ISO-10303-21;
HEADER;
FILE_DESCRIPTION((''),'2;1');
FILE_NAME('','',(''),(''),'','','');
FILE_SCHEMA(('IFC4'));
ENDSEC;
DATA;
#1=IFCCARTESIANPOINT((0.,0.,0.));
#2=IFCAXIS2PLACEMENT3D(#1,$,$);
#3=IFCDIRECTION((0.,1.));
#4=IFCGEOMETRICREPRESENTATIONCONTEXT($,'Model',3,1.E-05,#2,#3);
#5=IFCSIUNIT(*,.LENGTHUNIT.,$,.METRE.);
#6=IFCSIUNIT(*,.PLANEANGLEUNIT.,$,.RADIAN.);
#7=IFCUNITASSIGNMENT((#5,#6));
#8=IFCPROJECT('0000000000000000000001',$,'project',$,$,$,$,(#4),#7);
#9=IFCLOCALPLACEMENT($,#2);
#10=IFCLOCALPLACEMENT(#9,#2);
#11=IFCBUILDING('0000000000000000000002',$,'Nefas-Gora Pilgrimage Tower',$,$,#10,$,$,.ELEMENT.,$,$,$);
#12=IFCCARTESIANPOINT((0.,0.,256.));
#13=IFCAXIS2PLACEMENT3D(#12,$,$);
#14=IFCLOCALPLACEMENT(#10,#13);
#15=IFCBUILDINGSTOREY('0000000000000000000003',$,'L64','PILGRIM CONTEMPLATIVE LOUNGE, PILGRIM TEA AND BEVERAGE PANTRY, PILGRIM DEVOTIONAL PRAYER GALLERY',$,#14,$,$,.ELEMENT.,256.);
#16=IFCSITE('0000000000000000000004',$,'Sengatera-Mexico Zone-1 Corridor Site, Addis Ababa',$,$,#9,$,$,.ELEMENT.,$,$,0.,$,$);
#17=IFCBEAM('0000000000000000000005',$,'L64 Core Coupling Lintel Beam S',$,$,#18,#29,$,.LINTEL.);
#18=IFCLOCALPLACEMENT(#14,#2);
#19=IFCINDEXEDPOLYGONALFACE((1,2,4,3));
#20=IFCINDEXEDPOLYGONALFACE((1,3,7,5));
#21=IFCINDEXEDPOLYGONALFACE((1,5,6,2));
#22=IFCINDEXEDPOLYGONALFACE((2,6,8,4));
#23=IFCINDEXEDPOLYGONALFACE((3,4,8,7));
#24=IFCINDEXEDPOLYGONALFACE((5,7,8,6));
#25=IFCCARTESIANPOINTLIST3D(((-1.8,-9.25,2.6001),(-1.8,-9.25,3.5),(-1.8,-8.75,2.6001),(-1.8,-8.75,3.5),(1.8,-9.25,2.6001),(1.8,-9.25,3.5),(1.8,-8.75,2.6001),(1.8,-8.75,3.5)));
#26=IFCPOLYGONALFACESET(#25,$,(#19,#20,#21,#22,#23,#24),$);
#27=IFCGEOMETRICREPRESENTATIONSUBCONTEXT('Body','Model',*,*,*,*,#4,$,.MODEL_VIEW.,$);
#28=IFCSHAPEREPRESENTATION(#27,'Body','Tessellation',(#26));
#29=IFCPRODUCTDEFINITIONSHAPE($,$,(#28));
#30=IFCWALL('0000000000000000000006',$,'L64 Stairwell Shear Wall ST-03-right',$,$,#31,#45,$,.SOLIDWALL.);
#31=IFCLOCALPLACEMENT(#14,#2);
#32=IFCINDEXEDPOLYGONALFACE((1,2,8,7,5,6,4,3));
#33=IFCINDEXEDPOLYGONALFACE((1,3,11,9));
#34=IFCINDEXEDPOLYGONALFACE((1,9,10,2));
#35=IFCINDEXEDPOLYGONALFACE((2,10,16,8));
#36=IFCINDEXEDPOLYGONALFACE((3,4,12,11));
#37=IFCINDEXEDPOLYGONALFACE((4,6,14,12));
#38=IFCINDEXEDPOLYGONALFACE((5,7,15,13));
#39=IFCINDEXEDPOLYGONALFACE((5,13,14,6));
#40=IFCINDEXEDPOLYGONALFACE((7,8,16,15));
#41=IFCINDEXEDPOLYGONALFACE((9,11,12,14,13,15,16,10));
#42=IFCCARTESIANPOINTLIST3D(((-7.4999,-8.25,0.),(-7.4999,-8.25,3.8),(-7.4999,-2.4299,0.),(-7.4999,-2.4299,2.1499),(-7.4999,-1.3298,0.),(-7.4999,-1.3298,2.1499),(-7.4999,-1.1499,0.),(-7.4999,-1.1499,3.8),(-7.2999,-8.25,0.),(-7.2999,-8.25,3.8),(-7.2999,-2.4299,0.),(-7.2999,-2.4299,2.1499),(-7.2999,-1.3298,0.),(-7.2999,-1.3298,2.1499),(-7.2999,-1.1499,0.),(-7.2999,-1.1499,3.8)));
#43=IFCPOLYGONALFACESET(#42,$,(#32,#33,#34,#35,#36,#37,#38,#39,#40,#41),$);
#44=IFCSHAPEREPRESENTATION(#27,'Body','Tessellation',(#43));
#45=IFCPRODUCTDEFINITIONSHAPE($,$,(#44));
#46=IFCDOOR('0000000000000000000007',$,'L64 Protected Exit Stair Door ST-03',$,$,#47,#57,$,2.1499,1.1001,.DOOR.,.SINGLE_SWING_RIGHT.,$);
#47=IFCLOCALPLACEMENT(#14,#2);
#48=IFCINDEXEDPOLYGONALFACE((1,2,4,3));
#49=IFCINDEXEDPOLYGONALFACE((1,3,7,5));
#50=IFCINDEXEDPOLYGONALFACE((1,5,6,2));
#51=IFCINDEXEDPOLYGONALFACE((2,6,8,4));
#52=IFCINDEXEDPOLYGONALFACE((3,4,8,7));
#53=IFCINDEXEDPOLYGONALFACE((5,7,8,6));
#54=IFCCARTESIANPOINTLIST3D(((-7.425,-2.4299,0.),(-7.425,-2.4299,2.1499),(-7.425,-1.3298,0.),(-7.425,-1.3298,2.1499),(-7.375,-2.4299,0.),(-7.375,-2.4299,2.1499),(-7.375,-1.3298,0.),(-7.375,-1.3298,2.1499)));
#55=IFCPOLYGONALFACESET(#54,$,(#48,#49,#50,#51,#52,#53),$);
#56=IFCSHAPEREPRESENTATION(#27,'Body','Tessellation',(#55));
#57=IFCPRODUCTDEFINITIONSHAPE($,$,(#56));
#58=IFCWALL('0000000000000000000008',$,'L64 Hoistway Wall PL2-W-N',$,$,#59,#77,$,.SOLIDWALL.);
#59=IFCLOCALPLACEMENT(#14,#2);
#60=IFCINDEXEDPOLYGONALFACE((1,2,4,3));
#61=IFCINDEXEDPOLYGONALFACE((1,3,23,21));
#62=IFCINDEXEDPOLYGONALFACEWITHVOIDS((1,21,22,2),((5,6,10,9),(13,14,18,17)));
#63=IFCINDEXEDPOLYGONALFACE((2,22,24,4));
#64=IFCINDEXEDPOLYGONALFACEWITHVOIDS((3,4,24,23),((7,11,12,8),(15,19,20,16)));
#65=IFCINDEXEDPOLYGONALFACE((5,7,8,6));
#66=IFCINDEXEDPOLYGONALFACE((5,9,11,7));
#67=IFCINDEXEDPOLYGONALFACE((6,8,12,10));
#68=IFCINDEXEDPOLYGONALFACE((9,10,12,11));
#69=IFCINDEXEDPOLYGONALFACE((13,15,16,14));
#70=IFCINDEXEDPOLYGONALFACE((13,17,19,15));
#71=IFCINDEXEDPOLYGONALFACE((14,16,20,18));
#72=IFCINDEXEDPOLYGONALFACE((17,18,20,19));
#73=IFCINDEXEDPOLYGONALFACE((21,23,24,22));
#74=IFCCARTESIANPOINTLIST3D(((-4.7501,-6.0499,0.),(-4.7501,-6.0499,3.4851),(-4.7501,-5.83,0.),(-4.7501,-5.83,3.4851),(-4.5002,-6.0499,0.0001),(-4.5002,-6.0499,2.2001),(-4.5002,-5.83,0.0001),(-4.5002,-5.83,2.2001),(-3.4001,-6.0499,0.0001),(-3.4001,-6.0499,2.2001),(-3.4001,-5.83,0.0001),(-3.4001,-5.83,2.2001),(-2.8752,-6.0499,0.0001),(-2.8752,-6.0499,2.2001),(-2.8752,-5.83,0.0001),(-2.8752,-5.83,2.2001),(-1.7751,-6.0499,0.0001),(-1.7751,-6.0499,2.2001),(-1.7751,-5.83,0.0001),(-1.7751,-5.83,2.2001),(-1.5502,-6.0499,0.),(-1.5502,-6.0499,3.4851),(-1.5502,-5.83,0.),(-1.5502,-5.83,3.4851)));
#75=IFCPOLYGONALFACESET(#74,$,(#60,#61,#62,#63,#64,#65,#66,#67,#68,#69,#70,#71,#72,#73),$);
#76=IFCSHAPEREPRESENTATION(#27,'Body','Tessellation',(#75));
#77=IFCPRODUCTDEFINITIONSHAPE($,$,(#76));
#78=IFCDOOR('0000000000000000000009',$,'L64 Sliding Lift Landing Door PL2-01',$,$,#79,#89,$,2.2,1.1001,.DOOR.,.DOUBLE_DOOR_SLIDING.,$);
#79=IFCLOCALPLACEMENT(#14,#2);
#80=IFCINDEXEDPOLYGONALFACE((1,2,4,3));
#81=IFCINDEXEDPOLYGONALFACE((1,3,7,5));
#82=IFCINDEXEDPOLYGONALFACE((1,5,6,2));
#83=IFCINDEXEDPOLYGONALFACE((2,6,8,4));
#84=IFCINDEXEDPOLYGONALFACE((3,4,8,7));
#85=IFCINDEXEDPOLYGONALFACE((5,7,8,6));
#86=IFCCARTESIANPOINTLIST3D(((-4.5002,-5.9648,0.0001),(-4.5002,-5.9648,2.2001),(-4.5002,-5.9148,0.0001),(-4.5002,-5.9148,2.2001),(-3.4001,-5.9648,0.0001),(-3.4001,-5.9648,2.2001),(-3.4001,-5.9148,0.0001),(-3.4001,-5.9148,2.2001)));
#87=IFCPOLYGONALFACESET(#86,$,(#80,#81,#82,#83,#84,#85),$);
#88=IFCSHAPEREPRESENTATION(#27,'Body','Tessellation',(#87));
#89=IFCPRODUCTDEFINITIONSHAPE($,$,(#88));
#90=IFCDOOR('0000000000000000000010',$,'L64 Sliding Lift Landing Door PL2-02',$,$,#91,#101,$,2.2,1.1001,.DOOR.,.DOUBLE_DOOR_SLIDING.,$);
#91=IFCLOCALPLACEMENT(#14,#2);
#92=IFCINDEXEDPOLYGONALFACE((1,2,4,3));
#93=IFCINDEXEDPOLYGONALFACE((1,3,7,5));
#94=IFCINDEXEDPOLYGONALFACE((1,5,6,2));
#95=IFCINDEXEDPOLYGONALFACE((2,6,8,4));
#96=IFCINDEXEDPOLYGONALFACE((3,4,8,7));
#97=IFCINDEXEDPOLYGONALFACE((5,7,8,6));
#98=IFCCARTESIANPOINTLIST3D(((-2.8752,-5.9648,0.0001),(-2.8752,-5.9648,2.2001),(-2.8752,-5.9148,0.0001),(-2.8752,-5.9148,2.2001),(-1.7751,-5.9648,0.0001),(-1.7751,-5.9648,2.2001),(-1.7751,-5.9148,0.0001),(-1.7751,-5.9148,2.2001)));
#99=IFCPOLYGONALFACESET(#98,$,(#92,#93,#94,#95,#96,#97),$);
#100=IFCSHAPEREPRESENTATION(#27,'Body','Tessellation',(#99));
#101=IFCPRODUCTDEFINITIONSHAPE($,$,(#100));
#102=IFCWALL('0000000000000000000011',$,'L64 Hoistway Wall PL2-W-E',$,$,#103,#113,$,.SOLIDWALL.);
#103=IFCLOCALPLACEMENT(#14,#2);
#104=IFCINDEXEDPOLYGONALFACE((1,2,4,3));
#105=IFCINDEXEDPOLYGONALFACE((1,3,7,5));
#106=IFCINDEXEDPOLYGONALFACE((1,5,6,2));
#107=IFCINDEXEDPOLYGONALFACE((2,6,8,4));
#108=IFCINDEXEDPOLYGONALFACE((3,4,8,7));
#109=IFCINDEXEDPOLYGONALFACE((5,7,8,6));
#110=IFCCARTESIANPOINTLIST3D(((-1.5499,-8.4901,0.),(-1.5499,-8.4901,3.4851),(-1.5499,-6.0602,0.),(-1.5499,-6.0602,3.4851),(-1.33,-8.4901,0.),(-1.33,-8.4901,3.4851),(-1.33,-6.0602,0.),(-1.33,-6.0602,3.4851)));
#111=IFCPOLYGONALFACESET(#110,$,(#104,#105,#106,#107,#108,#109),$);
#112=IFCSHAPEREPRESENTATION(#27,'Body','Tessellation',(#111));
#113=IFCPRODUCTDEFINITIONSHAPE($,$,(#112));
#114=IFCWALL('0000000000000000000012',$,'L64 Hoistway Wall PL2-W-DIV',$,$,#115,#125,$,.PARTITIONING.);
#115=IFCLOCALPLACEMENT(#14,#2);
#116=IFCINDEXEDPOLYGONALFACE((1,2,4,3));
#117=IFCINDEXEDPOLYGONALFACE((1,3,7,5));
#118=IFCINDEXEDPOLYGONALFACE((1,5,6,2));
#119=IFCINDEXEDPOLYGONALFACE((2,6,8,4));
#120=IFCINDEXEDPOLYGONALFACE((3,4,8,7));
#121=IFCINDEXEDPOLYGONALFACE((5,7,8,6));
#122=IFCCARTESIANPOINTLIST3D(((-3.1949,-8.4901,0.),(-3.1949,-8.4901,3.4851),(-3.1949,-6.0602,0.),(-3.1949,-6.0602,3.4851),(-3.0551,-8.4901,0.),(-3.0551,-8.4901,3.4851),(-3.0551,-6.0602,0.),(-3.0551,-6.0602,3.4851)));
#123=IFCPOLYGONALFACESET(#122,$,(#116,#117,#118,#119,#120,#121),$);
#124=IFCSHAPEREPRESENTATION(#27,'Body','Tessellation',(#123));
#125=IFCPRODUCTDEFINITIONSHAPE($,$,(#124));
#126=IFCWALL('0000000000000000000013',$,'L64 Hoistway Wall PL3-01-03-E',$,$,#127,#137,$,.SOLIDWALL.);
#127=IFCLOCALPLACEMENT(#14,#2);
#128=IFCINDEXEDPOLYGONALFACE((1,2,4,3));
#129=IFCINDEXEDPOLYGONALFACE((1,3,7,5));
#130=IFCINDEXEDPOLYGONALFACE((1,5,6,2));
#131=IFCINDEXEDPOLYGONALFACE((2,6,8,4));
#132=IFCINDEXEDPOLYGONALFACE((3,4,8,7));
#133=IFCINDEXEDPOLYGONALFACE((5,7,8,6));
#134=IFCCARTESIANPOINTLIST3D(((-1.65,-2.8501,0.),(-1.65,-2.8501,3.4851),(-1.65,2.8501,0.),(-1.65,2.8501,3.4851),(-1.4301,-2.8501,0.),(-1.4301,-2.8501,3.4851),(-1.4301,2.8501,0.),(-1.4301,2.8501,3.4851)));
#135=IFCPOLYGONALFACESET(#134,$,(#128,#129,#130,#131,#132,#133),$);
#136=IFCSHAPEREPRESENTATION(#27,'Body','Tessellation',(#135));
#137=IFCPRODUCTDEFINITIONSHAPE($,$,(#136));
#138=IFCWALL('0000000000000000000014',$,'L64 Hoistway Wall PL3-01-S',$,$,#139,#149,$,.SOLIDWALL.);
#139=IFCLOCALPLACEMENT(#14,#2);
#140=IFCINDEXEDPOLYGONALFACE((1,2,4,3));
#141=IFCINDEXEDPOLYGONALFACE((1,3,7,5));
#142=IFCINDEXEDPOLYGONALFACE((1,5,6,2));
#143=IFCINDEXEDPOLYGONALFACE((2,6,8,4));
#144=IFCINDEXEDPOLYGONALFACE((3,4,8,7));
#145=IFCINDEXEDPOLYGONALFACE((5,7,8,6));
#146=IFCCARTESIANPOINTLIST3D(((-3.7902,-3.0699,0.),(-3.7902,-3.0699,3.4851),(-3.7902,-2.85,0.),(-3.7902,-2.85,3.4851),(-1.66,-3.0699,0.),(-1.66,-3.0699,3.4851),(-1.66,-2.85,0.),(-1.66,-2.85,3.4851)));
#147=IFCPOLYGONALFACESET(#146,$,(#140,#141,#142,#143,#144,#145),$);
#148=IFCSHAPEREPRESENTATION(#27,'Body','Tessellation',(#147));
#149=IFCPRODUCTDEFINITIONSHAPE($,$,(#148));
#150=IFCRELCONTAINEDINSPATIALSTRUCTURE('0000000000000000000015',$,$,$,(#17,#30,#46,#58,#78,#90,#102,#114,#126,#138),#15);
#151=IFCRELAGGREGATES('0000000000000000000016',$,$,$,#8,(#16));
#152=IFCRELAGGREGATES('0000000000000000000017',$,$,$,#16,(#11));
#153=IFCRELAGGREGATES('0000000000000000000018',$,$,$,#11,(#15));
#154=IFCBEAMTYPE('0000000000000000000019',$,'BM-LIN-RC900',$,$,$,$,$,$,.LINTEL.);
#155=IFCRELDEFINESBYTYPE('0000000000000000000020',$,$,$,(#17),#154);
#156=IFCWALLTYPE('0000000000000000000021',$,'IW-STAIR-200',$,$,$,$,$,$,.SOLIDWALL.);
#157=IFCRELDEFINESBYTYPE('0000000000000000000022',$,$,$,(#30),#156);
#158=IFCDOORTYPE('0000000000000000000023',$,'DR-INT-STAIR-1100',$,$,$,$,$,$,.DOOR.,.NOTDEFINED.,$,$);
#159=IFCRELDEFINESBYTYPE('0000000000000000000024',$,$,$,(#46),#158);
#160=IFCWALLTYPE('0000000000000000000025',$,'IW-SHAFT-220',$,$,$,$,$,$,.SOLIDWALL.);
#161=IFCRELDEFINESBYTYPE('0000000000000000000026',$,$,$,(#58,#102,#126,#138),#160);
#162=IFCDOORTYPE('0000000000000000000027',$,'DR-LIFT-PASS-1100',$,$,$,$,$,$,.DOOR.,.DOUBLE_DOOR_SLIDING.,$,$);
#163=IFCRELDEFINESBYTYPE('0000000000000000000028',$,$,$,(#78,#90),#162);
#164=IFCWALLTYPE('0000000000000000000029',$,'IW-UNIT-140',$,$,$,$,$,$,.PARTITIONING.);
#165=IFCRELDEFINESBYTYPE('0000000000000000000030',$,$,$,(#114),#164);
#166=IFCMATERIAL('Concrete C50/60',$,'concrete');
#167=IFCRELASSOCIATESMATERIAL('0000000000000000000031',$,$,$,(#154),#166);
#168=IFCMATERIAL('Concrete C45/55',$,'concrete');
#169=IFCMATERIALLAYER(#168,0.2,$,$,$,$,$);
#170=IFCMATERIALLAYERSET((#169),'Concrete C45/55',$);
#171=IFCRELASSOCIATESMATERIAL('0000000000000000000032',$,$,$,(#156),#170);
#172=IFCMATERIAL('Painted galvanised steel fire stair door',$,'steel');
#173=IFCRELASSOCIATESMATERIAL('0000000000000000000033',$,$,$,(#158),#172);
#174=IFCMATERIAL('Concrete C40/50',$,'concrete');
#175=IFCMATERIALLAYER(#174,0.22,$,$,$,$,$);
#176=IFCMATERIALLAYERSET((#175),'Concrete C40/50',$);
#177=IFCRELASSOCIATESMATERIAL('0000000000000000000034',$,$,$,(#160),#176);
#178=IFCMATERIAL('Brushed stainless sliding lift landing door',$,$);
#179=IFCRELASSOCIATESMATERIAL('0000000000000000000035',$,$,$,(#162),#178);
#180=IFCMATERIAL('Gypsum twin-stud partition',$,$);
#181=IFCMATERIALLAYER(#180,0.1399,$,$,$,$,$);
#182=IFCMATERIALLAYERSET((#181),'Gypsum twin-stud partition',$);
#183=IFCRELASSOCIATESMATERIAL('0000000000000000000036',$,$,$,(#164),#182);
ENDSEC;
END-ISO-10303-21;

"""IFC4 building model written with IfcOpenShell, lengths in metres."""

from ifc_helpers import new_model, si_unit, direction, frame, frame_2d, origin, origin_2d, place, context, subcontext, project, spatial, rectangle, extrude, source, transform, mapped, material, layer, layer_set, material_profile, profile_set, type_object, element, fill, save


model = new_model("IFC4")

# Units and contexts
model_context = context("Model", 3, precision=1e-05, world=origin(), true_north=direction((0.0, 1.0)))
body_context = subcontext(model_context, "Body", "Model", "MODEL_VIEW")
ifc_project = project(units=[si_unit("LENGTHUNIT", "METRE"), si_unit("PLANEANGLEUNIT", "RADIAN")], contexts=[model_context])

# Site, building, storey
site_placement = place(None, origin())
site = spatial("IfcSite", under=ifc_project, at=site_placement, Name="Sengatera-Mexico Zone-1 Corridor Site, Addis Ababa", CompositionType="ELEMENT", RefElevation=0.0)
building_placement = place(site_placement, origin())
building = spatial("IfcBuilding", under=site, at=building_placement, Name="Nefas-Gora Pilgrimage Tower", CompositionType="ELEMENT")
storey_placement = place(building_placement, frame((0.0, 0.0, 256.0)))
storey = spatial("IfcBuildingStorey", under=building, at=storey_placement, Name="L64", Description="PILGRIM CONTEMPLATIVE LOUNGE, PILGRIM TEA AND BEVERAGE PANTRY, PILGRIM DEVOTIONAL PRAYER GALLERY", CompositionType="ELEMENT", Elevation=256.0)

# Beam
ifc_material_1 = material(Name="Concrete C50/60", Category="concrete")
ifc_material_profile = material_profile(ifc_material_1, rectangle(XDim=0.5, YDim=0.8999, at=origin_2d()), Name="RC 500x900")
ifc_profile_set = profile_set([ifc_material_profile], Name="Concrete C50/60")
beam_type = type_object("IfcBeamType", Name="BM-LIN-RC900", PredefinedType="LINTEL", material=ifc_profile_set)
shared_shape_1 = source(origin(), body_context, "Body", "SweptSolid", [
    extrude(rectangle(XDim=0.5, YDim=0.8999, at=origin_2d()), origin(), (0.0, 0.0, 1.0), 3.6001),
])
beam_placement = place(storey_placement, frame((-1.8, -9.0, 3.05), z_axis=(1.0, 0.0, 0.0), x_axis=(0.0, 1.0, 0.0)))
element("IfcBeam", 1, at=beam_placement, inside=storey, type_object=beam_type, Name="L64 Core Coupling Lintel Beam S", PredefinedType="LINTEL", context=body_context, shape_type="MappedRepresentation", body=[
    mapped(shared_shape_1, transform((0.0, 0.0, 0.0), x_axis=(1.0, 0.0, 0.0), y_axis=(0.0, 1.0, 0.0), z_axis=(0.0, 0.0, 1.0), scale=1.0)),
])

# Wall, opening, door
ifc_material_2 = material(Name="Concrete C45/55", Category="concrete")
ifc_layer_1 = layer(ifc_material_2, 0.2)
ifc_layer_set_1 = layer_set([ifc_layer_1], Name="Concrete C45/55")
wall_type_1 = type_object("IfcWallType", Name="IW-STAIR-200", PredefinedType="SOLIDWALL", material=ifc_layer_set_1)
shared_shape_2 = source(origin(), body_context, "Body", "SweptSolid", [
    extrude(rectangle(XDim=7.1001, YDim=0.2, at=frame_2d((3.55, 0.0))), origin(), (0.0, 0.0, 1.0), 3.8),
])
wall_1_placement = place(storey_placement, frame((-7.3999, -1.1499, 0.0), z_axis=(0.0, 0.0, 1.0), x_axis=(0.0, -1.0, 0.0)))
wall_1 = element("IfcWall", 2, at=wall_1_placement, inside=storey, type_object=wall_type_1, Name="L64 Stairwell Shear Wall ST-03-right", PredefinedType="SOLIDWALL", context=body_context, shape_type="MappedRepresentation", body=[
    mapped(shared_shape_2, transform((0.0, 0.0, 0.0), x_axis=(1.0, 0.0, 0.0), y_axis=(0.0, 1.0, 0.0), z_axis=(0.0, 0.0, 1.0), scale=1.0)),
])
opening_1_placement = place(wall_1_placement, frame((0.1799, 0.0, 0.0)))
opening_1 = element("IfcOpeningElement", 3, at=opening_1_placement, cuts=wall_1, PredefinedType="OPENING", context=body_context, shape_type="SweptSolid", body=[
    extrude(rectangle(XDim=1.1001, YDim=2.1499, at=frame_2d((0.55, 1.075))), frame((0.0, 0.1099, 0.0), z_axis=(0.0, -1.0, 0.0), x_axis=(1.0, 0.0, 0.0)), (0.0, 0.0, 1.0), 0.22),
])
ifc_material_3 = material(Name="Painted galvanised steel fire stair door", Category="steel")
door_type_1 = type_object("IfcDoorType", Name="DR-INT-STAIR-1100", OperationType="NOTDEFINED", PredefinedType="DOOR", material=ifc_material_3)
shared_shape_3 = source(origin(), body_context, "Body", "SweptSolid", [
    extrude(rectangle(XDim=1.1001, YDim=2.1499, at=frame_2d((0.55, 1.075))), frame((0.0, 0.0249, 0.0), z_axis=(0.0, -1.0, 0.0), x_axis=(1.0, 0.0, 0.0)), (0.0, 0.0, 1.0), 0.05),
])
door_1_placement = place(opening_1_placement, origin())
door_1 = element("IfcDoor", 4, at=door_1_placement, inside=storey, type_object=door_type_1, Name="L64 Protected Exit Stair Door ST-03", OperationType="SINGLE_SWING_RIGHT", OverallHeight=2.1499, OverallWidth=1.1001, PredefinedType="DOOR", context=body_context, shape_type="MappedRepresentation", body=[
    mapped(shared_shape_3, transform((0.0, 0.0, 0.0), x_axis=(1.0, 0.0, 0.0), y_axis=(0.0, 1.0, 0.0), z_axis=(0.0, 0.0, 1.0), scale=1.0)),
])
fill(opening_1, door_1)

# Wall, openings, doors
ifc_material_4 = material(Name="Concrete C40/50", Category="concrete")
ifc_layer_2 = layer(ifc_material_4, 0.22)
ifc_layer_set_2 = layer_set([ifc_layer_2], Name="Concrete C40/50")
wall_type_2 = type_object("IfcWallType", Name="IW-SHAFT-220", PredefinedType="SOLIDWALL", material=ifc_layer_set_2)
shared_shape_4 = source(origin(), body_context, "Body", "SweptSolid", [
    extrude(rectangle(XDim=3.2, YDim=0.22, at=frame_2d((1.6001, 0.0))), origin(), (0.0, 0.0, 1.0), 3.4851),
])
wall_2_placement = place(storey_placement, frame((-1.55, -5.9399, 0.0), z_axis=(0.0, 0.0, 1.0), x_axis=(-1.0, 0.0, 0.0)))
wall_2 = element("IfcWall", 5, at=wall_2_placement, inside=storey, type_object=wall_type_2, Name="L64 Hoistway Wall PL2-W-N", PredefinedType="SOLIDWALL", context=body_context, shape_type="MappedRepresentation", body=[
    mapped(shared_shape_4, transform((0.0, 0.0, 0.0), x_axis=(1.0, 0.0, 0.0), y_axis=(0.0, 1.0, 0.0), z_axis=(0.0, 0.0, 1.0), scale=1.0)),
])
opening_2_placement = place(wall_2_placement, frame((1.8501, 0.0, 0.0)))
opening_2 = element("IfcOpeningElement", 6, at=opening_2_placement, cuts=wall_2, PredefinedType="OPENING", context=body_context, shape_type="SweptSolid", body=[
    extrude(rectangle(XDim=1.1001, YDim=2.2, at=frame_2d((0.55, 1.1001))), frame((0.0, 0.1199, 0.0), z_axis=(0.0, -1.0, 0.0), x_axis=(1.0, 0.0, 0.0)), (0.0, 0.0, 1.0), 0.24),
])
opening_3_placement = place(wall_2_placement, frame((0.2251, 0.0, 0.0)))
opening_3 = element("IfcOpeningElement", 7, at=opening_3_placement, cuts=wall_2, PredefinedType="OPENING", context=body_context, shape_type="SweptSolid", body=[
    extrude(rectangle(XDim=1.1001, YDim=2.2, at=frame_2d((0.55, 1.1001))), frame((0.0, 0.1199, 0.0), z_axis=(0.0, -1.0, 0.0), x_axis=(1.0, 0.0, 0.0)), (0.0, 0.0, 1.0), 0.24),
])
ifc_material_5 = material(Name="Brushed stainless sliding lift landing door")
door_type_2 = type_object("IfcDoorType", Name="DR-LIFT-PASS-1100", OperationType="DOUBLE_DOOR_SLIDING", PredefinedType="DOOR", material=ifc_material_5)
shared_shape_5 = source(origin(), body_context, "Body", "SweptSolid", [
    extrude(rectangle(XDim=1.1001, YDim=2.2, at=frame_2d((0.55, 1.1001))), frame((0.0, 0.0249, 0.0), z_axis=(0.0, -1.0, 0.0), x_axis=(1.0, 0.0, 0.0)), (0.0, 0.0, 1.0), 0.05),
])
door_2_placement = place(opening_2_placement, origin())
door_2 = element("IfcDoor", 8, at=door_2_placement, inside=storey, type_object=door_type_2, Name="L64 Sliding Lift Landing Door PL2-01", OperationType="DOUBLE_DOOR_SLIDING", OverallHeight=2.2, OverallWidth=1.1001, PredefinedType="DOOR", context=body_context, shape_type="MappedRepresentation", body=[
    mapped(shared_shape_5, transform((0.0, 0.0, 0.0), x_axis=(1.0, 0.0, 0.0), y_axis=(0.0, 1.0, 0.0), z_axis=(0.0, 0.0, 1.0), scale=1.0)),
])
fill(opening_2, door_2)
door_3_placement = place(opening_3_placement, origin())
door_3 = element("IfcDoor", 9, at=door_3_placement, inside=storey, type_object=door_type_2, Name="L64 Sliding Lift Landing Door PL2-02", OperationType="DOUBLE_DOOR_SLIDING", OverallHeight=2.2, OverallWidth=1.1001, PredefinedType="DOOR", context=body_context, shape_type="MappedRepresentation", body=[
    mapped(shared_shape_5, transform((0.0, 0.0, 0.0), x_axis=(1.0, 0.0, 0.0), y_axis=(0.0, 1.0, 0.0), z_axis=(0.0, 0.0, 1.0), scale=1.0)),
])
fill(opening_3, door_3)

# Walls
shared_shape_6 = source(origin(), body_context, "Body", "SweptSolid", [
    extrude(rectangle(XDim=2.4299, YDim=0.22, at=frame_2d((1.2148, 0.0))), origin(), (0.0, 0.0, 1.0), 3.4851),
])
for number, where, z_axis, x_axis, name in (
    (10, (-1.4399, -8.49, 0.0), (0.0, 0.0, 1.0), (0.0, 1.0, 0.0), "L64 Hoistway Wall PL2-W-E"),
):
    element("IfcWall", number, at=place(storey_placement, frame(where, z_axis=z_axis, x_axis=x_axis)), inside=storey, type_object=wall_type_2, Name=name, PredefinedType="SOLIDWALL", context=body_context, shape_type="MappedRepresentation", body=[
        mapped(shared_shape_6, transform((0.0, 0.0, 0.0), x_axis=(1.0, 0.0, 0.0), y_axis=(0.0, 1.0, 0.0), z_axis=(0.0, 0.0, 1.0), scale=1.0)),
    ])
ifc_material_6 = material(Name="Gypsum twin-stud partition")
ifc_layer_3 = layer(ifc_material_6, 0.1399)
ifc_layer_set_3 = layer_set([ifc_layer_3], Name="Gypsum twin-stud partition")
wall_type_3 = type_object("IfcWallType", Name="IW-UNIT-140", PredefinedType="PARTITIONING", material=ifc_layer_set_3)
shared_shape_7 = source(origin(), body_context, "Body", "SweptSolid", [
    extrude(rectangle(XDim=2.4299, YDim=0.1399, at=frame_2d((1.2148, 0.0))), origin(), (0.0, 0.0, 1.0), 3.4851),
])
wall_3_placement = place(storey_placement, frame((-3.125, -8.49, 0.0), z_axis=(0.0, 0.0, 1.0), x_axis=(0.0, 1.0, 0.0)))
element("IfcWall", 11, at=wall_3_placement, inside=storey, type_object=wall_type_3, Name="L64 Hoistway Wall PL2-W-DIV", PredefinedType="PARTITIONING", context=body_context, shape_type="MappedRepresentation", body=[
    mapped(shared_shape_7, transform((0.0, 0.0, 0.0), x_axis=(1.0, 0.0, 0.0), y_axis=(0.0, 1.0, 0.0), z_axis=(0.0, 0.0, 1.0), scale=1.0)),
])
shared_shape_8 = source(origin(), body_context, "Body", "SweptSolid", [
    extrude(rectangle(XDim=5.7002, YDim=0.22, at=frame_2d((2.8501, 0.0))), origin(), (0.0, 0.0, 1.0), 3.4851),
])
wall_4_placement = place(storey_placement, frame((-1.54, -2.8501, 0.0), z_axis=(0.0, 0.0, 1.0), x_axis=(0.0, 1.0, 0.0)))
element("IfcWall", 12, at=wall_4_placement, inside=storey, type_object=wall_type_2, Name="L64 Hoistway Wall PL3-01-03-E", PredefinedType="SOLIDWALL", context=body_context, shape_type="MappedRepresentation", body=[
    mapped(shared_shape_8, transform((0.0, 0.0, 0.0), x_axis=(1.0, 0.0, 0.0), y_axis=(0.0, 1.0, 0.0), z_axis=(0.0, 0.0, 1.0), scale=1.0)),
])
shared_shape_9 = source(origin(), body_context, "Body", "SweptSolid", [
    extrude(rectangle(XDim=2.1301, YDim=0.22, at=frame_2d((1.0649, 0.0))), origin(), (0.0, 0.0, 1.0), 3.4851),
])
wall_5_placement = place(storey_placement, frame((-3.79, -2.96, 0.0), z_axis=(0.0, 0.0, 1.0), x_axis=(1.0, 0.0, 0.0)))
element("IfcWall", 13, at=wall_5_placement, inside=storey, type_object=wall_type_2, Name="L64 Hoistway Wall PL3-01-S", PredefinedType="SOLIDWALL", context=body_context, shape_type="MappedRepresentation", body=[
    mapped(shared_shape_9, transform((0.0, 0.0, 0.0), x_axis=(1.0, 0.0, 0.0), y_axis=(0.0, 1.0, 0.0), z_axis=(0.0, 0.0, 1.0), scale=1.0)),
])

save(model, "model.ifc")
